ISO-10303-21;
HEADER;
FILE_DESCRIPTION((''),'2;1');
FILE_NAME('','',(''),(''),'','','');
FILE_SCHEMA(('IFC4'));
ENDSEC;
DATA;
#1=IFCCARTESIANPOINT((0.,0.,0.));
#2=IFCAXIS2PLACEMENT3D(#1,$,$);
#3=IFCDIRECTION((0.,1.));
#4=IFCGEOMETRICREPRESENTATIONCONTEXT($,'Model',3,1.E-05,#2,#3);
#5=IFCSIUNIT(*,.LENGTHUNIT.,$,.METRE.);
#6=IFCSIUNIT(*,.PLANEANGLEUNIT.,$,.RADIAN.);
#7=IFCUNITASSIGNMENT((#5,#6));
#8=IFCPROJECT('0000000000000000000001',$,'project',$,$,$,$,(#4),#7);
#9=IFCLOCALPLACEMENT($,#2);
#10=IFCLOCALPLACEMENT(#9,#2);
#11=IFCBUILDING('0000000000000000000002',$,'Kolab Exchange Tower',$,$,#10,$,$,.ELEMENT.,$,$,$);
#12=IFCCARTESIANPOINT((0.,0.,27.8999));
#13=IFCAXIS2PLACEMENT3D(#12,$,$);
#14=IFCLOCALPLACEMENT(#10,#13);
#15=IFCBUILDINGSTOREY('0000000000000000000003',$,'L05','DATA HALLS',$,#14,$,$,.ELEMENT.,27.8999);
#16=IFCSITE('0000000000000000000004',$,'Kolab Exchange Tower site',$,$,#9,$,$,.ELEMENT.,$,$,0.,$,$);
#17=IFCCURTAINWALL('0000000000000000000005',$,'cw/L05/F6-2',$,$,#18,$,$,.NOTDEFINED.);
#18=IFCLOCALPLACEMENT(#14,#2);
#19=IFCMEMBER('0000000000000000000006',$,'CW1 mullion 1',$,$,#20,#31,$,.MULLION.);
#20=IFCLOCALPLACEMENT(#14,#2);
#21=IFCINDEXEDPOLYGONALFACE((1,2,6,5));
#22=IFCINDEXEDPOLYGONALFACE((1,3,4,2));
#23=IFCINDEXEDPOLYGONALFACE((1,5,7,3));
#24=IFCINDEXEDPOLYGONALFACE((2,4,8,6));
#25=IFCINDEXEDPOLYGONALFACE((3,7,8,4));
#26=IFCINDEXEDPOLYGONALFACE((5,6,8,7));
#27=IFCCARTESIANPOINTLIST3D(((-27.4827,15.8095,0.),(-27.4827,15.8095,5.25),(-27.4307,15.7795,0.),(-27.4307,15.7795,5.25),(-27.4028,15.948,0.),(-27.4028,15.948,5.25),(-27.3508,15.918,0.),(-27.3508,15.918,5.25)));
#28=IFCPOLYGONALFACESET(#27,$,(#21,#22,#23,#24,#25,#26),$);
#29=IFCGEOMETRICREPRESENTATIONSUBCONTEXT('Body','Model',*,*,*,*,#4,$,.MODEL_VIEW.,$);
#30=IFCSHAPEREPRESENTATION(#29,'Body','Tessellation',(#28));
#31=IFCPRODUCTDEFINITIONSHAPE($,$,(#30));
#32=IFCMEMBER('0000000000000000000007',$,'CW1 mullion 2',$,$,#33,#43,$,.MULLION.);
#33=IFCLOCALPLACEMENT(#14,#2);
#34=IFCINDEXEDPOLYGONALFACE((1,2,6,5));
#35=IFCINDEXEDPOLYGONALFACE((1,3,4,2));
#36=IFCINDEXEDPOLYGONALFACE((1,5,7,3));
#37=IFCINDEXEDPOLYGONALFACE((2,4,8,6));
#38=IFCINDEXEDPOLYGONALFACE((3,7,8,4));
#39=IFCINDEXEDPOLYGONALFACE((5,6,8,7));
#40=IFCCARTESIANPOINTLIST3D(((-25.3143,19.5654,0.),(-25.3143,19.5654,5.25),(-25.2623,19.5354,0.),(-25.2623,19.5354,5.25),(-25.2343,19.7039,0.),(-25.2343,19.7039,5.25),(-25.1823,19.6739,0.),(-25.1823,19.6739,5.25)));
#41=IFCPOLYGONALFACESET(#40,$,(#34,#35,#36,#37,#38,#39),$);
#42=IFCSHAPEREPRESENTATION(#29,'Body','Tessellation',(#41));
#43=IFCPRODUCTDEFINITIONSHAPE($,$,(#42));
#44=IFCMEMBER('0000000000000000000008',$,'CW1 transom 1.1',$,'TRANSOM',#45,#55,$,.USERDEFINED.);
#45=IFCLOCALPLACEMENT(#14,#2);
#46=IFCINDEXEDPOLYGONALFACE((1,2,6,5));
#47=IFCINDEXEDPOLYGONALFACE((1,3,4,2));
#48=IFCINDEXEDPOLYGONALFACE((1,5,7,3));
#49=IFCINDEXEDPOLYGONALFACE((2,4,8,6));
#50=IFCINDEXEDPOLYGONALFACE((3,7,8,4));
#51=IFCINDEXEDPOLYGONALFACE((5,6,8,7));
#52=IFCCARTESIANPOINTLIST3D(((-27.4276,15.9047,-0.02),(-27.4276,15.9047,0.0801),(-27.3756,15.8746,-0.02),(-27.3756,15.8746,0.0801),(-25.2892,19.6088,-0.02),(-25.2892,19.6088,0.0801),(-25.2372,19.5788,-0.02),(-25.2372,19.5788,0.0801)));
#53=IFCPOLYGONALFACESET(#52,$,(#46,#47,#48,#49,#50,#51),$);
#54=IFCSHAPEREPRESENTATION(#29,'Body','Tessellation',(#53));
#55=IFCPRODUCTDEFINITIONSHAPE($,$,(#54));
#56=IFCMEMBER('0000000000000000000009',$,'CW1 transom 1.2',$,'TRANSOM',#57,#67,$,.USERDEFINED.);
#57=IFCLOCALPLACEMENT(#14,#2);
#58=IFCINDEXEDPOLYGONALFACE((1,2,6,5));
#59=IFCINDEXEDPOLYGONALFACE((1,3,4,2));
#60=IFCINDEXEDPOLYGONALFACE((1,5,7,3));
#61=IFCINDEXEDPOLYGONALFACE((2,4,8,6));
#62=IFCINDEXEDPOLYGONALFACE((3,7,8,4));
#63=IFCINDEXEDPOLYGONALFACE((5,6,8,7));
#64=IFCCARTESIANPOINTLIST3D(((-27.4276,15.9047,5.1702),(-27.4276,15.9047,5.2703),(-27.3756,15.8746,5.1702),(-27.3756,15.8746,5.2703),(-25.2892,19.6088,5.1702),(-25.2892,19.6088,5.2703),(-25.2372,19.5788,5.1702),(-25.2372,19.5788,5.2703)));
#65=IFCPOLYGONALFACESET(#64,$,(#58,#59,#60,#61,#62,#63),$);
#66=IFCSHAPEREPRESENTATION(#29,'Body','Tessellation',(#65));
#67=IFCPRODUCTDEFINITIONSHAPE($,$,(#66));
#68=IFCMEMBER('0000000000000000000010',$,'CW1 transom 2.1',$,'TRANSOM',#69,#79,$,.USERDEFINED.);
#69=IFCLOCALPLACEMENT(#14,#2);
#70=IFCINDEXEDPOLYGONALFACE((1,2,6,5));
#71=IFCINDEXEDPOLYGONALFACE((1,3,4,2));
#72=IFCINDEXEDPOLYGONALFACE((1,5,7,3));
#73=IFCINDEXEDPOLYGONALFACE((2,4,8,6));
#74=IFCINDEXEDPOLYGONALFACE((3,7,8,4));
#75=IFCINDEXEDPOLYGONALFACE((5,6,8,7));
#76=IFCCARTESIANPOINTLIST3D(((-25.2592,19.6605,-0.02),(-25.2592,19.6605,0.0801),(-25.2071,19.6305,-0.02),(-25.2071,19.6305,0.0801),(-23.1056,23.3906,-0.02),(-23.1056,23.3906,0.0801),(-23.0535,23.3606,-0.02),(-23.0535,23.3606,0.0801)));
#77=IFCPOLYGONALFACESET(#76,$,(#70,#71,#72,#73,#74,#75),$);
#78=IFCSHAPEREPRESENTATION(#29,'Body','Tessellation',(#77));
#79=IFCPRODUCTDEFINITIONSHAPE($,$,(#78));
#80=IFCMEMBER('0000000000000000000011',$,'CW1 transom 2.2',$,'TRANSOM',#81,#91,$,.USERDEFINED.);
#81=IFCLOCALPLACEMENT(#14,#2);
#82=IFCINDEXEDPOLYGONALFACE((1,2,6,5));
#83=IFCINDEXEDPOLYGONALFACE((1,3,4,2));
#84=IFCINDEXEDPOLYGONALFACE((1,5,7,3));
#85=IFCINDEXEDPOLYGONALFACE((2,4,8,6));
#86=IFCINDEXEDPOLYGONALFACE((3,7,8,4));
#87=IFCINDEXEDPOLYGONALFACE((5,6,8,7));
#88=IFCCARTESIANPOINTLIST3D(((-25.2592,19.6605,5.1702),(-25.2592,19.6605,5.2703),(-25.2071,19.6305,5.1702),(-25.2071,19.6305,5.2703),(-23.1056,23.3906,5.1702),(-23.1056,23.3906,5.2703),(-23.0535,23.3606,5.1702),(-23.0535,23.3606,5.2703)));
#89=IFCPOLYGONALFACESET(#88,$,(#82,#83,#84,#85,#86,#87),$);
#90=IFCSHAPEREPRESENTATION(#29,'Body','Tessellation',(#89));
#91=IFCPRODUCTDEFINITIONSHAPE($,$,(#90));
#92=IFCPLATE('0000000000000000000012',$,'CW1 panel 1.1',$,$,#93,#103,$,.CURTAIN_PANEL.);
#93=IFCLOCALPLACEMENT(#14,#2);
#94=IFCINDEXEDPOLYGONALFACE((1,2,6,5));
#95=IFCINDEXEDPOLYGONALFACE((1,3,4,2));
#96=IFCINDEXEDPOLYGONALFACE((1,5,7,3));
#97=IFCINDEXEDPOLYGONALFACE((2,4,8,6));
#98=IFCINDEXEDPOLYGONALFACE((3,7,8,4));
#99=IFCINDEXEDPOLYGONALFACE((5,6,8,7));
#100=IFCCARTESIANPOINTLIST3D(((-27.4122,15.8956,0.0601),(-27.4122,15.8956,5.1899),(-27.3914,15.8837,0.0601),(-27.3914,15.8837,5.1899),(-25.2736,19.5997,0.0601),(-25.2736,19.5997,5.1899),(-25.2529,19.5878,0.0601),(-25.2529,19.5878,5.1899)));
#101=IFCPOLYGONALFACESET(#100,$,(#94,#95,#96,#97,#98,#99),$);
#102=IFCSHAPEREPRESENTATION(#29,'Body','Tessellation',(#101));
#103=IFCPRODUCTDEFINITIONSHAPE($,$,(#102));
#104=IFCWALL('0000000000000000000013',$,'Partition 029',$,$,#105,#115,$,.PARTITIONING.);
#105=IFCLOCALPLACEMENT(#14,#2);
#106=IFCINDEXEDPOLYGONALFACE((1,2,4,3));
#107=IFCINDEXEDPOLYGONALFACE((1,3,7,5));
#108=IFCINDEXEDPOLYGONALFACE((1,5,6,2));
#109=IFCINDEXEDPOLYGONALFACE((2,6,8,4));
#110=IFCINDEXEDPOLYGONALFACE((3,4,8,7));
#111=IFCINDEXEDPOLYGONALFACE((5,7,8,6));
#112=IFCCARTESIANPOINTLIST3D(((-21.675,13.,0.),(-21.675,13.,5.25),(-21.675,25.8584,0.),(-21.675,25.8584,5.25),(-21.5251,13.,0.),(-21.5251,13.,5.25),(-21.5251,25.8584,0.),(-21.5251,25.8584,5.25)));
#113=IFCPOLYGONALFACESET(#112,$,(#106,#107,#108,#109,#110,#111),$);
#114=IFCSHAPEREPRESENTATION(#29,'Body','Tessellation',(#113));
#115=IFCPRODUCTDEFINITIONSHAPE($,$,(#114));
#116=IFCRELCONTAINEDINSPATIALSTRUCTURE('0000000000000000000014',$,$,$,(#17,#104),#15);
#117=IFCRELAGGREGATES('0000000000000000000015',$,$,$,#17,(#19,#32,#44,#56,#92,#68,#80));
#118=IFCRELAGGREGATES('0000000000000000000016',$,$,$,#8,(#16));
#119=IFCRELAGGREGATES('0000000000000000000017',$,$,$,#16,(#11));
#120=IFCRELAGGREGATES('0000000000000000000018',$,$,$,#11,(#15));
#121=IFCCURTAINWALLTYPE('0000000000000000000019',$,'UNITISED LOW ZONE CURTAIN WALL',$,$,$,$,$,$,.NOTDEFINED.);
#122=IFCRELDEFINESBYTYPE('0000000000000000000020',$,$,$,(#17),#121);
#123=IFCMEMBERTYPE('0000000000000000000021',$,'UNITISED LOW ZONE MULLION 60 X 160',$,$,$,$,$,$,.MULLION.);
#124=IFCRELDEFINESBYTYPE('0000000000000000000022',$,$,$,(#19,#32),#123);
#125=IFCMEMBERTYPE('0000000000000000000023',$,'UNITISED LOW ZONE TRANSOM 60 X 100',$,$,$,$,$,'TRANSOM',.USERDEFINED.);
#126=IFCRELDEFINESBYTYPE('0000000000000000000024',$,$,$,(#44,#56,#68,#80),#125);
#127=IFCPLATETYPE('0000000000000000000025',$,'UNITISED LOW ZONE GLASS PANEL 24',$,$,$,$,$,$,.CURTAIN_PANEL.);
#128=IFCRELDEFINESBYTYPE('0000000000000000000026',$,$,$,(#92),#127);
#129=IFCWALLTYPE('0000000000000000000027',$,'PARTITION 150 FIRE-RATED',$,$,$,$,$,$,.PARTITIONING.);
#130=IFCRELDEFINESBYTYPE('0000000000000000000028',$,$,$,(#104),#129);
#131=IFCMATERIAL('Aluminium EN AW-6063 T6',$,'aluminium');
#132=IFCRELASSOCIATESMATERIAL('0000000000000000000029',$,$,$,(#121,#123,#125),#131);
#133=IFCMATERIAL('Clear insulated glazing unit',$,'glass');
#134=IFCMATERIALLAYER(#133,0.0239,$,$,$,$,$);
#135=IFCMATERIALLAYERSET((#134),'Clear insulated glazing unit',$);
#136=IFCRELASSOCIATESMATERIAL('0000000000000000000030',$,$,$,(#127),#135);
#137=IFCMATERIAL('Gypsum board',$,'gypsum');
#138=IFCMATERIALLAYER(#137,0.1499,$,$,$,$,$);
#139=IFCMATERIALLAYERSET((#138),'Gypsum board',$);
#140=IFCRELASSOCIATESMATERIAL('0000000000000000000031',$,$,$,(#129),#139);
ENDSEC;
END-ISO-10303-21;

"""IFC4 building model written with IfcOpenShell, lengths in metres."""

from ifc_helpers import new_model, si_unit, direction, frame, frame_2d, origin, origin_2d, place, context, subcontext, project, spatial, rectangle, extrude, material, layer, layer_set, material_profile, profile_set, type_object, element, aggregate, save


model = new_model("IFC4")

# Units and contexts
model_context = context("Model", 3, precision=1e-05, world=origin(), true_north=direction((0.0, 1.0)))
body_context = subcontext(model_context, "Body", "Model", "MODEL_VIEW")
ifc_project = project(units=[si_unit("LENGTHUNIT", "METRE"), si_unit("PLANEANGLEUNIT", "RADIAN")], contexts=[model_context])

# Site, building, storey
site_placement = place(None, origin())
site = spatial("IfcSite", under=ifc_project, at=site_placement, Name="Kolab Exchange Tower site", CompositionType="ELEMENT", RefElevation=0.0)
building_placement = place(site_placement, origin())
building = spatial("IfcBuilding", under=site, at=building_placement, Name="Kolab Exchange Tower", CompositionType="ELEMENT")
storey_placement = place(building_placement, frame((0.0, 0.0, 27.8999)))
storey = spatial("IfcBuildingStorey", under=building, at=storey_placement, Name="L05", Description="DATA HALLS", CompositionType="ELEMENT", Elevation=27.8999)

# Curtain wall, members, plate
ifc_material_1 = material(Name="Aluminium EN AW-6063 T6", Category="aluminium")
curtain_wall_type = type_object("IfcCurtainWallType", Name="UNITISED LOW ZONE CURTAIN WALL", PredefinedType="NOTDEFINED", material=ifc_material_1)
curtain_wall_placement = place(storey_placement, origin())
curtain_wall = element("IfcCurtainWall", 1, at=curtain_wall_placement, inside=storey, type_object=curtain_wall_type, Name="cw/L05/F6-2", PredefinedType="NOTDEFINED")
ifc_material_profile_1 = material_profile(ifc_material_1, rectangle(XDim=0.0601, YDim=0.1599, at=origin_2d()), Name="RECT 60X160")
ifc_profile_set_1 = profile_set([ifc_material_profile_1], Name="Aluminium EN AW-6063 T6")
member_type_1 = type_object("IfcMemberType", Name="UNITISED LOW ZONE MULLION 60 X 160", PredefinedType="MULLION", material=ifc_profile_set_1)
member_1_placement = place(storey_placement, frame((-27.4167, 15.8638, 0.0), z_axis=(0.0, 0.0, 1.0), x_axis=(-0.866025, 0.5, 0.0)))
member_1 = element("IfcMember", 2, at=member_1_placement, type_object=member_type_1, Name="CW1 mullion 1", PredefinedType="MULLION", context=body_context, shape_type="SweptSolid", body=[
    extrude(rectangle(XDim=0.0601, YDim=0.1599, at=origin_2d()), origin(), (0.0, 0.0, 1.0), 5.25),
])
member_2_placement = place(storey_placement, frame((-25.2483, 19.6196, 0.0), z_axis=(0.0, 0.0, 1.0), x_axis=(-0.866025, 0.5, 0.0)))
member_2 = element("IfcMember", 3, at=member_2_placement, type_object=member_type_1, Name="CW1 mullion 2", PredefinedType="MULLION", context=body_context, shape_type="SweptSolid", body=[
    extrude(rectangle(XDim=0.0601, YDim=0.1599, at=origin_2d()), origin(), (0.0, 0.0, 1.0), 5.25),
])
ifc_material_profile_2 = material_profile(ifc_material_1, rectangle(XDim=0.0601, YDim=0.1001, at=origin_2d()), Name="RECT 60X100")
ifc_profile_set_2 = profile_set([ifc_material_profile_2], Name="Aluminium EN AW-6063 T6")
member_type_2 = type_object("IfcMemberType", Name="UNITISED LOW ZONE TRANSOM 60 X 100", ElementType="TRANSOM", PredefinedType="USERDEFINED", material=ifc_profile_set_2)
member_3_placement = place(storey_placement, frame((-27.4016, 15.8896, 0.03), z_axis=(0.499976, 0.866039, 0.0), x_axis=(-0.866039, 0.499976, 0.0)))
member_3 = element("IfcMember", 4, at=member_3_placement, type_object=member_type_2, Name="CW1 transom 1.1", ObjectType="TRANSOM", PredefinedType="USERDEFINED", context=body_context, shape_type="SweptSolid", body=[
    extrude(rectangle(XDim=0.0601, YDim=0.1001, at=origin_2d()), origin(), (0.0, 0.0, 1.0), 4.2771),
])
member_4_placement = place(storey_placement, frame((-27.4016, 15.8896, 5.2202), z_axis=(0.499976, 0.866039, 0.0), x_axis=(-0.866039, 0.499976, 0.0)))
member_4 = element("IfcMember", 5, at=member_4_placement, type_object=member_type_2, Name="CW1 transom 1.2", ObjectType="TRANSOM", PredefinedType="USERDEFINED", context=body_context, shape_type="SweptSolid", body=[
    extrude(rectangle(XDim=0.0601, YDim=0.1001, at=origin_2d()), origin(), (0.0, 0.0, 1.0), 4.2771),
])
member_5_placement = place(storey_placement, frame((-25.2332, 19.6455, 0.03), z_axis=(0.50001, 0.866019, 0.0), x_axis=(-0.866019, 0.50001, 0.0)))
member_5 = element("IfcMember", 6, at=member_5_placement, type_object=member_type_2, Name="CW1 transom 2.1", ObjectType="TRANSOM", PredefinedType="USERDEFINED", context=body_context, shape_type="SweptSolid", body=[
    extrude(rectangle(XDim=0.0601, YDim=0.1001, at=origin_2d()), origin(), (0.0, 0.0, 1.0), 4.3071),
])
member_6_placement = place(storey_placement, frame((-25.2332, 19.6455, 5.2202), z_axis=(0.50001, 0.866019, 0.0), x_axis=(-0.866019, 0.50001, 0.0)))
member_6 = element("IfcMember", 7, at=member_6_placement, type_object=member_type_2, Name="CW1 transom 2.2", ObjectType="TRANSOM", PredefinedType="USERDEFINED", context=body_context, shape_type="SweptSolid", body=[
    extrude(rectangle(XDim=0.0601, YDim=0.1001, at=origin_2d()), origin(), (0.0, 0.0, 1.0), 4.3071),
])
ifc_material_2 = material(Name="Clear insulated glazing unit", Category="glass")
ifc_layer_1 = layer(ifc_material_2, 0.0239)
ifc_layer_set_1 = layer_set([ifc_layer_1], Name="Clear insulated glazing unit")
plate_type = type_object("IfcPlateType", Name="UNITISED LOW ZONE GLASS PANEL 24", PredefinedType="CURTAIN_PANEL", material=ifc_layer_set_1)
plate_placement = place(storey_placement, frame((-26.3325, 17.7417, 0.0601), z_axis=(0.0, 0.0, 1.0), x_axis=(0.5, 0.866025, 0.0)))
plate = element("IfcPlate", 8, at=plate_placement, type_object=plate_type, Name="CW1 panel 1.1", PredefinedType="CURTAIN_PANEL", context=body_context, shape_type="SweptSolid", body=[
    extrude(rectangle(XDim=4.2771, YDim=0.0239, at=origin_2d()), origin(), (0.0, 0.0, 1.0), 5.1299),
])
aggregate(curtain_wall, [member_1, member_2, member_3, member_4, plate, member_5, member_6])

# Wall
ifc_material_3 = material(Name="Gypsum board", Category="gypsum")
ifc_layer_2 = layer(ifc_material_3, 0.1499)
ifc_layer_set_2 = layer_set([ifc_layer_2], Name="Gypsum board")
wall_type = type_object("IfcWallType", Name="PARTITION 150 FIRE-RATED", PredefinedType="PARTITIONING", material=ifc_layer_set_2)
wall_1_placement = place(storey_placement, frame((-21.6001, 13.0, 0.0), z_axis=(0.0, 0.0, 1.0), x_axis=(0.0, 1.0, 0.0)))
element("IfcWall", 9, at=wall_1_placement, inside=storey, type_object=wall_type, Name="Partition 029", PredefinedType="PARTITIONING", context=body_context, shape_type="SweptSolid", body=[
    extrude(rectangle(XDim=12.8584, YDim=0.1499, at=frame_2d((6.4292, 0.0))), origin(), (0.0, 0.0, 1.0), 5.25),
])

save(model, "model.ifc")
